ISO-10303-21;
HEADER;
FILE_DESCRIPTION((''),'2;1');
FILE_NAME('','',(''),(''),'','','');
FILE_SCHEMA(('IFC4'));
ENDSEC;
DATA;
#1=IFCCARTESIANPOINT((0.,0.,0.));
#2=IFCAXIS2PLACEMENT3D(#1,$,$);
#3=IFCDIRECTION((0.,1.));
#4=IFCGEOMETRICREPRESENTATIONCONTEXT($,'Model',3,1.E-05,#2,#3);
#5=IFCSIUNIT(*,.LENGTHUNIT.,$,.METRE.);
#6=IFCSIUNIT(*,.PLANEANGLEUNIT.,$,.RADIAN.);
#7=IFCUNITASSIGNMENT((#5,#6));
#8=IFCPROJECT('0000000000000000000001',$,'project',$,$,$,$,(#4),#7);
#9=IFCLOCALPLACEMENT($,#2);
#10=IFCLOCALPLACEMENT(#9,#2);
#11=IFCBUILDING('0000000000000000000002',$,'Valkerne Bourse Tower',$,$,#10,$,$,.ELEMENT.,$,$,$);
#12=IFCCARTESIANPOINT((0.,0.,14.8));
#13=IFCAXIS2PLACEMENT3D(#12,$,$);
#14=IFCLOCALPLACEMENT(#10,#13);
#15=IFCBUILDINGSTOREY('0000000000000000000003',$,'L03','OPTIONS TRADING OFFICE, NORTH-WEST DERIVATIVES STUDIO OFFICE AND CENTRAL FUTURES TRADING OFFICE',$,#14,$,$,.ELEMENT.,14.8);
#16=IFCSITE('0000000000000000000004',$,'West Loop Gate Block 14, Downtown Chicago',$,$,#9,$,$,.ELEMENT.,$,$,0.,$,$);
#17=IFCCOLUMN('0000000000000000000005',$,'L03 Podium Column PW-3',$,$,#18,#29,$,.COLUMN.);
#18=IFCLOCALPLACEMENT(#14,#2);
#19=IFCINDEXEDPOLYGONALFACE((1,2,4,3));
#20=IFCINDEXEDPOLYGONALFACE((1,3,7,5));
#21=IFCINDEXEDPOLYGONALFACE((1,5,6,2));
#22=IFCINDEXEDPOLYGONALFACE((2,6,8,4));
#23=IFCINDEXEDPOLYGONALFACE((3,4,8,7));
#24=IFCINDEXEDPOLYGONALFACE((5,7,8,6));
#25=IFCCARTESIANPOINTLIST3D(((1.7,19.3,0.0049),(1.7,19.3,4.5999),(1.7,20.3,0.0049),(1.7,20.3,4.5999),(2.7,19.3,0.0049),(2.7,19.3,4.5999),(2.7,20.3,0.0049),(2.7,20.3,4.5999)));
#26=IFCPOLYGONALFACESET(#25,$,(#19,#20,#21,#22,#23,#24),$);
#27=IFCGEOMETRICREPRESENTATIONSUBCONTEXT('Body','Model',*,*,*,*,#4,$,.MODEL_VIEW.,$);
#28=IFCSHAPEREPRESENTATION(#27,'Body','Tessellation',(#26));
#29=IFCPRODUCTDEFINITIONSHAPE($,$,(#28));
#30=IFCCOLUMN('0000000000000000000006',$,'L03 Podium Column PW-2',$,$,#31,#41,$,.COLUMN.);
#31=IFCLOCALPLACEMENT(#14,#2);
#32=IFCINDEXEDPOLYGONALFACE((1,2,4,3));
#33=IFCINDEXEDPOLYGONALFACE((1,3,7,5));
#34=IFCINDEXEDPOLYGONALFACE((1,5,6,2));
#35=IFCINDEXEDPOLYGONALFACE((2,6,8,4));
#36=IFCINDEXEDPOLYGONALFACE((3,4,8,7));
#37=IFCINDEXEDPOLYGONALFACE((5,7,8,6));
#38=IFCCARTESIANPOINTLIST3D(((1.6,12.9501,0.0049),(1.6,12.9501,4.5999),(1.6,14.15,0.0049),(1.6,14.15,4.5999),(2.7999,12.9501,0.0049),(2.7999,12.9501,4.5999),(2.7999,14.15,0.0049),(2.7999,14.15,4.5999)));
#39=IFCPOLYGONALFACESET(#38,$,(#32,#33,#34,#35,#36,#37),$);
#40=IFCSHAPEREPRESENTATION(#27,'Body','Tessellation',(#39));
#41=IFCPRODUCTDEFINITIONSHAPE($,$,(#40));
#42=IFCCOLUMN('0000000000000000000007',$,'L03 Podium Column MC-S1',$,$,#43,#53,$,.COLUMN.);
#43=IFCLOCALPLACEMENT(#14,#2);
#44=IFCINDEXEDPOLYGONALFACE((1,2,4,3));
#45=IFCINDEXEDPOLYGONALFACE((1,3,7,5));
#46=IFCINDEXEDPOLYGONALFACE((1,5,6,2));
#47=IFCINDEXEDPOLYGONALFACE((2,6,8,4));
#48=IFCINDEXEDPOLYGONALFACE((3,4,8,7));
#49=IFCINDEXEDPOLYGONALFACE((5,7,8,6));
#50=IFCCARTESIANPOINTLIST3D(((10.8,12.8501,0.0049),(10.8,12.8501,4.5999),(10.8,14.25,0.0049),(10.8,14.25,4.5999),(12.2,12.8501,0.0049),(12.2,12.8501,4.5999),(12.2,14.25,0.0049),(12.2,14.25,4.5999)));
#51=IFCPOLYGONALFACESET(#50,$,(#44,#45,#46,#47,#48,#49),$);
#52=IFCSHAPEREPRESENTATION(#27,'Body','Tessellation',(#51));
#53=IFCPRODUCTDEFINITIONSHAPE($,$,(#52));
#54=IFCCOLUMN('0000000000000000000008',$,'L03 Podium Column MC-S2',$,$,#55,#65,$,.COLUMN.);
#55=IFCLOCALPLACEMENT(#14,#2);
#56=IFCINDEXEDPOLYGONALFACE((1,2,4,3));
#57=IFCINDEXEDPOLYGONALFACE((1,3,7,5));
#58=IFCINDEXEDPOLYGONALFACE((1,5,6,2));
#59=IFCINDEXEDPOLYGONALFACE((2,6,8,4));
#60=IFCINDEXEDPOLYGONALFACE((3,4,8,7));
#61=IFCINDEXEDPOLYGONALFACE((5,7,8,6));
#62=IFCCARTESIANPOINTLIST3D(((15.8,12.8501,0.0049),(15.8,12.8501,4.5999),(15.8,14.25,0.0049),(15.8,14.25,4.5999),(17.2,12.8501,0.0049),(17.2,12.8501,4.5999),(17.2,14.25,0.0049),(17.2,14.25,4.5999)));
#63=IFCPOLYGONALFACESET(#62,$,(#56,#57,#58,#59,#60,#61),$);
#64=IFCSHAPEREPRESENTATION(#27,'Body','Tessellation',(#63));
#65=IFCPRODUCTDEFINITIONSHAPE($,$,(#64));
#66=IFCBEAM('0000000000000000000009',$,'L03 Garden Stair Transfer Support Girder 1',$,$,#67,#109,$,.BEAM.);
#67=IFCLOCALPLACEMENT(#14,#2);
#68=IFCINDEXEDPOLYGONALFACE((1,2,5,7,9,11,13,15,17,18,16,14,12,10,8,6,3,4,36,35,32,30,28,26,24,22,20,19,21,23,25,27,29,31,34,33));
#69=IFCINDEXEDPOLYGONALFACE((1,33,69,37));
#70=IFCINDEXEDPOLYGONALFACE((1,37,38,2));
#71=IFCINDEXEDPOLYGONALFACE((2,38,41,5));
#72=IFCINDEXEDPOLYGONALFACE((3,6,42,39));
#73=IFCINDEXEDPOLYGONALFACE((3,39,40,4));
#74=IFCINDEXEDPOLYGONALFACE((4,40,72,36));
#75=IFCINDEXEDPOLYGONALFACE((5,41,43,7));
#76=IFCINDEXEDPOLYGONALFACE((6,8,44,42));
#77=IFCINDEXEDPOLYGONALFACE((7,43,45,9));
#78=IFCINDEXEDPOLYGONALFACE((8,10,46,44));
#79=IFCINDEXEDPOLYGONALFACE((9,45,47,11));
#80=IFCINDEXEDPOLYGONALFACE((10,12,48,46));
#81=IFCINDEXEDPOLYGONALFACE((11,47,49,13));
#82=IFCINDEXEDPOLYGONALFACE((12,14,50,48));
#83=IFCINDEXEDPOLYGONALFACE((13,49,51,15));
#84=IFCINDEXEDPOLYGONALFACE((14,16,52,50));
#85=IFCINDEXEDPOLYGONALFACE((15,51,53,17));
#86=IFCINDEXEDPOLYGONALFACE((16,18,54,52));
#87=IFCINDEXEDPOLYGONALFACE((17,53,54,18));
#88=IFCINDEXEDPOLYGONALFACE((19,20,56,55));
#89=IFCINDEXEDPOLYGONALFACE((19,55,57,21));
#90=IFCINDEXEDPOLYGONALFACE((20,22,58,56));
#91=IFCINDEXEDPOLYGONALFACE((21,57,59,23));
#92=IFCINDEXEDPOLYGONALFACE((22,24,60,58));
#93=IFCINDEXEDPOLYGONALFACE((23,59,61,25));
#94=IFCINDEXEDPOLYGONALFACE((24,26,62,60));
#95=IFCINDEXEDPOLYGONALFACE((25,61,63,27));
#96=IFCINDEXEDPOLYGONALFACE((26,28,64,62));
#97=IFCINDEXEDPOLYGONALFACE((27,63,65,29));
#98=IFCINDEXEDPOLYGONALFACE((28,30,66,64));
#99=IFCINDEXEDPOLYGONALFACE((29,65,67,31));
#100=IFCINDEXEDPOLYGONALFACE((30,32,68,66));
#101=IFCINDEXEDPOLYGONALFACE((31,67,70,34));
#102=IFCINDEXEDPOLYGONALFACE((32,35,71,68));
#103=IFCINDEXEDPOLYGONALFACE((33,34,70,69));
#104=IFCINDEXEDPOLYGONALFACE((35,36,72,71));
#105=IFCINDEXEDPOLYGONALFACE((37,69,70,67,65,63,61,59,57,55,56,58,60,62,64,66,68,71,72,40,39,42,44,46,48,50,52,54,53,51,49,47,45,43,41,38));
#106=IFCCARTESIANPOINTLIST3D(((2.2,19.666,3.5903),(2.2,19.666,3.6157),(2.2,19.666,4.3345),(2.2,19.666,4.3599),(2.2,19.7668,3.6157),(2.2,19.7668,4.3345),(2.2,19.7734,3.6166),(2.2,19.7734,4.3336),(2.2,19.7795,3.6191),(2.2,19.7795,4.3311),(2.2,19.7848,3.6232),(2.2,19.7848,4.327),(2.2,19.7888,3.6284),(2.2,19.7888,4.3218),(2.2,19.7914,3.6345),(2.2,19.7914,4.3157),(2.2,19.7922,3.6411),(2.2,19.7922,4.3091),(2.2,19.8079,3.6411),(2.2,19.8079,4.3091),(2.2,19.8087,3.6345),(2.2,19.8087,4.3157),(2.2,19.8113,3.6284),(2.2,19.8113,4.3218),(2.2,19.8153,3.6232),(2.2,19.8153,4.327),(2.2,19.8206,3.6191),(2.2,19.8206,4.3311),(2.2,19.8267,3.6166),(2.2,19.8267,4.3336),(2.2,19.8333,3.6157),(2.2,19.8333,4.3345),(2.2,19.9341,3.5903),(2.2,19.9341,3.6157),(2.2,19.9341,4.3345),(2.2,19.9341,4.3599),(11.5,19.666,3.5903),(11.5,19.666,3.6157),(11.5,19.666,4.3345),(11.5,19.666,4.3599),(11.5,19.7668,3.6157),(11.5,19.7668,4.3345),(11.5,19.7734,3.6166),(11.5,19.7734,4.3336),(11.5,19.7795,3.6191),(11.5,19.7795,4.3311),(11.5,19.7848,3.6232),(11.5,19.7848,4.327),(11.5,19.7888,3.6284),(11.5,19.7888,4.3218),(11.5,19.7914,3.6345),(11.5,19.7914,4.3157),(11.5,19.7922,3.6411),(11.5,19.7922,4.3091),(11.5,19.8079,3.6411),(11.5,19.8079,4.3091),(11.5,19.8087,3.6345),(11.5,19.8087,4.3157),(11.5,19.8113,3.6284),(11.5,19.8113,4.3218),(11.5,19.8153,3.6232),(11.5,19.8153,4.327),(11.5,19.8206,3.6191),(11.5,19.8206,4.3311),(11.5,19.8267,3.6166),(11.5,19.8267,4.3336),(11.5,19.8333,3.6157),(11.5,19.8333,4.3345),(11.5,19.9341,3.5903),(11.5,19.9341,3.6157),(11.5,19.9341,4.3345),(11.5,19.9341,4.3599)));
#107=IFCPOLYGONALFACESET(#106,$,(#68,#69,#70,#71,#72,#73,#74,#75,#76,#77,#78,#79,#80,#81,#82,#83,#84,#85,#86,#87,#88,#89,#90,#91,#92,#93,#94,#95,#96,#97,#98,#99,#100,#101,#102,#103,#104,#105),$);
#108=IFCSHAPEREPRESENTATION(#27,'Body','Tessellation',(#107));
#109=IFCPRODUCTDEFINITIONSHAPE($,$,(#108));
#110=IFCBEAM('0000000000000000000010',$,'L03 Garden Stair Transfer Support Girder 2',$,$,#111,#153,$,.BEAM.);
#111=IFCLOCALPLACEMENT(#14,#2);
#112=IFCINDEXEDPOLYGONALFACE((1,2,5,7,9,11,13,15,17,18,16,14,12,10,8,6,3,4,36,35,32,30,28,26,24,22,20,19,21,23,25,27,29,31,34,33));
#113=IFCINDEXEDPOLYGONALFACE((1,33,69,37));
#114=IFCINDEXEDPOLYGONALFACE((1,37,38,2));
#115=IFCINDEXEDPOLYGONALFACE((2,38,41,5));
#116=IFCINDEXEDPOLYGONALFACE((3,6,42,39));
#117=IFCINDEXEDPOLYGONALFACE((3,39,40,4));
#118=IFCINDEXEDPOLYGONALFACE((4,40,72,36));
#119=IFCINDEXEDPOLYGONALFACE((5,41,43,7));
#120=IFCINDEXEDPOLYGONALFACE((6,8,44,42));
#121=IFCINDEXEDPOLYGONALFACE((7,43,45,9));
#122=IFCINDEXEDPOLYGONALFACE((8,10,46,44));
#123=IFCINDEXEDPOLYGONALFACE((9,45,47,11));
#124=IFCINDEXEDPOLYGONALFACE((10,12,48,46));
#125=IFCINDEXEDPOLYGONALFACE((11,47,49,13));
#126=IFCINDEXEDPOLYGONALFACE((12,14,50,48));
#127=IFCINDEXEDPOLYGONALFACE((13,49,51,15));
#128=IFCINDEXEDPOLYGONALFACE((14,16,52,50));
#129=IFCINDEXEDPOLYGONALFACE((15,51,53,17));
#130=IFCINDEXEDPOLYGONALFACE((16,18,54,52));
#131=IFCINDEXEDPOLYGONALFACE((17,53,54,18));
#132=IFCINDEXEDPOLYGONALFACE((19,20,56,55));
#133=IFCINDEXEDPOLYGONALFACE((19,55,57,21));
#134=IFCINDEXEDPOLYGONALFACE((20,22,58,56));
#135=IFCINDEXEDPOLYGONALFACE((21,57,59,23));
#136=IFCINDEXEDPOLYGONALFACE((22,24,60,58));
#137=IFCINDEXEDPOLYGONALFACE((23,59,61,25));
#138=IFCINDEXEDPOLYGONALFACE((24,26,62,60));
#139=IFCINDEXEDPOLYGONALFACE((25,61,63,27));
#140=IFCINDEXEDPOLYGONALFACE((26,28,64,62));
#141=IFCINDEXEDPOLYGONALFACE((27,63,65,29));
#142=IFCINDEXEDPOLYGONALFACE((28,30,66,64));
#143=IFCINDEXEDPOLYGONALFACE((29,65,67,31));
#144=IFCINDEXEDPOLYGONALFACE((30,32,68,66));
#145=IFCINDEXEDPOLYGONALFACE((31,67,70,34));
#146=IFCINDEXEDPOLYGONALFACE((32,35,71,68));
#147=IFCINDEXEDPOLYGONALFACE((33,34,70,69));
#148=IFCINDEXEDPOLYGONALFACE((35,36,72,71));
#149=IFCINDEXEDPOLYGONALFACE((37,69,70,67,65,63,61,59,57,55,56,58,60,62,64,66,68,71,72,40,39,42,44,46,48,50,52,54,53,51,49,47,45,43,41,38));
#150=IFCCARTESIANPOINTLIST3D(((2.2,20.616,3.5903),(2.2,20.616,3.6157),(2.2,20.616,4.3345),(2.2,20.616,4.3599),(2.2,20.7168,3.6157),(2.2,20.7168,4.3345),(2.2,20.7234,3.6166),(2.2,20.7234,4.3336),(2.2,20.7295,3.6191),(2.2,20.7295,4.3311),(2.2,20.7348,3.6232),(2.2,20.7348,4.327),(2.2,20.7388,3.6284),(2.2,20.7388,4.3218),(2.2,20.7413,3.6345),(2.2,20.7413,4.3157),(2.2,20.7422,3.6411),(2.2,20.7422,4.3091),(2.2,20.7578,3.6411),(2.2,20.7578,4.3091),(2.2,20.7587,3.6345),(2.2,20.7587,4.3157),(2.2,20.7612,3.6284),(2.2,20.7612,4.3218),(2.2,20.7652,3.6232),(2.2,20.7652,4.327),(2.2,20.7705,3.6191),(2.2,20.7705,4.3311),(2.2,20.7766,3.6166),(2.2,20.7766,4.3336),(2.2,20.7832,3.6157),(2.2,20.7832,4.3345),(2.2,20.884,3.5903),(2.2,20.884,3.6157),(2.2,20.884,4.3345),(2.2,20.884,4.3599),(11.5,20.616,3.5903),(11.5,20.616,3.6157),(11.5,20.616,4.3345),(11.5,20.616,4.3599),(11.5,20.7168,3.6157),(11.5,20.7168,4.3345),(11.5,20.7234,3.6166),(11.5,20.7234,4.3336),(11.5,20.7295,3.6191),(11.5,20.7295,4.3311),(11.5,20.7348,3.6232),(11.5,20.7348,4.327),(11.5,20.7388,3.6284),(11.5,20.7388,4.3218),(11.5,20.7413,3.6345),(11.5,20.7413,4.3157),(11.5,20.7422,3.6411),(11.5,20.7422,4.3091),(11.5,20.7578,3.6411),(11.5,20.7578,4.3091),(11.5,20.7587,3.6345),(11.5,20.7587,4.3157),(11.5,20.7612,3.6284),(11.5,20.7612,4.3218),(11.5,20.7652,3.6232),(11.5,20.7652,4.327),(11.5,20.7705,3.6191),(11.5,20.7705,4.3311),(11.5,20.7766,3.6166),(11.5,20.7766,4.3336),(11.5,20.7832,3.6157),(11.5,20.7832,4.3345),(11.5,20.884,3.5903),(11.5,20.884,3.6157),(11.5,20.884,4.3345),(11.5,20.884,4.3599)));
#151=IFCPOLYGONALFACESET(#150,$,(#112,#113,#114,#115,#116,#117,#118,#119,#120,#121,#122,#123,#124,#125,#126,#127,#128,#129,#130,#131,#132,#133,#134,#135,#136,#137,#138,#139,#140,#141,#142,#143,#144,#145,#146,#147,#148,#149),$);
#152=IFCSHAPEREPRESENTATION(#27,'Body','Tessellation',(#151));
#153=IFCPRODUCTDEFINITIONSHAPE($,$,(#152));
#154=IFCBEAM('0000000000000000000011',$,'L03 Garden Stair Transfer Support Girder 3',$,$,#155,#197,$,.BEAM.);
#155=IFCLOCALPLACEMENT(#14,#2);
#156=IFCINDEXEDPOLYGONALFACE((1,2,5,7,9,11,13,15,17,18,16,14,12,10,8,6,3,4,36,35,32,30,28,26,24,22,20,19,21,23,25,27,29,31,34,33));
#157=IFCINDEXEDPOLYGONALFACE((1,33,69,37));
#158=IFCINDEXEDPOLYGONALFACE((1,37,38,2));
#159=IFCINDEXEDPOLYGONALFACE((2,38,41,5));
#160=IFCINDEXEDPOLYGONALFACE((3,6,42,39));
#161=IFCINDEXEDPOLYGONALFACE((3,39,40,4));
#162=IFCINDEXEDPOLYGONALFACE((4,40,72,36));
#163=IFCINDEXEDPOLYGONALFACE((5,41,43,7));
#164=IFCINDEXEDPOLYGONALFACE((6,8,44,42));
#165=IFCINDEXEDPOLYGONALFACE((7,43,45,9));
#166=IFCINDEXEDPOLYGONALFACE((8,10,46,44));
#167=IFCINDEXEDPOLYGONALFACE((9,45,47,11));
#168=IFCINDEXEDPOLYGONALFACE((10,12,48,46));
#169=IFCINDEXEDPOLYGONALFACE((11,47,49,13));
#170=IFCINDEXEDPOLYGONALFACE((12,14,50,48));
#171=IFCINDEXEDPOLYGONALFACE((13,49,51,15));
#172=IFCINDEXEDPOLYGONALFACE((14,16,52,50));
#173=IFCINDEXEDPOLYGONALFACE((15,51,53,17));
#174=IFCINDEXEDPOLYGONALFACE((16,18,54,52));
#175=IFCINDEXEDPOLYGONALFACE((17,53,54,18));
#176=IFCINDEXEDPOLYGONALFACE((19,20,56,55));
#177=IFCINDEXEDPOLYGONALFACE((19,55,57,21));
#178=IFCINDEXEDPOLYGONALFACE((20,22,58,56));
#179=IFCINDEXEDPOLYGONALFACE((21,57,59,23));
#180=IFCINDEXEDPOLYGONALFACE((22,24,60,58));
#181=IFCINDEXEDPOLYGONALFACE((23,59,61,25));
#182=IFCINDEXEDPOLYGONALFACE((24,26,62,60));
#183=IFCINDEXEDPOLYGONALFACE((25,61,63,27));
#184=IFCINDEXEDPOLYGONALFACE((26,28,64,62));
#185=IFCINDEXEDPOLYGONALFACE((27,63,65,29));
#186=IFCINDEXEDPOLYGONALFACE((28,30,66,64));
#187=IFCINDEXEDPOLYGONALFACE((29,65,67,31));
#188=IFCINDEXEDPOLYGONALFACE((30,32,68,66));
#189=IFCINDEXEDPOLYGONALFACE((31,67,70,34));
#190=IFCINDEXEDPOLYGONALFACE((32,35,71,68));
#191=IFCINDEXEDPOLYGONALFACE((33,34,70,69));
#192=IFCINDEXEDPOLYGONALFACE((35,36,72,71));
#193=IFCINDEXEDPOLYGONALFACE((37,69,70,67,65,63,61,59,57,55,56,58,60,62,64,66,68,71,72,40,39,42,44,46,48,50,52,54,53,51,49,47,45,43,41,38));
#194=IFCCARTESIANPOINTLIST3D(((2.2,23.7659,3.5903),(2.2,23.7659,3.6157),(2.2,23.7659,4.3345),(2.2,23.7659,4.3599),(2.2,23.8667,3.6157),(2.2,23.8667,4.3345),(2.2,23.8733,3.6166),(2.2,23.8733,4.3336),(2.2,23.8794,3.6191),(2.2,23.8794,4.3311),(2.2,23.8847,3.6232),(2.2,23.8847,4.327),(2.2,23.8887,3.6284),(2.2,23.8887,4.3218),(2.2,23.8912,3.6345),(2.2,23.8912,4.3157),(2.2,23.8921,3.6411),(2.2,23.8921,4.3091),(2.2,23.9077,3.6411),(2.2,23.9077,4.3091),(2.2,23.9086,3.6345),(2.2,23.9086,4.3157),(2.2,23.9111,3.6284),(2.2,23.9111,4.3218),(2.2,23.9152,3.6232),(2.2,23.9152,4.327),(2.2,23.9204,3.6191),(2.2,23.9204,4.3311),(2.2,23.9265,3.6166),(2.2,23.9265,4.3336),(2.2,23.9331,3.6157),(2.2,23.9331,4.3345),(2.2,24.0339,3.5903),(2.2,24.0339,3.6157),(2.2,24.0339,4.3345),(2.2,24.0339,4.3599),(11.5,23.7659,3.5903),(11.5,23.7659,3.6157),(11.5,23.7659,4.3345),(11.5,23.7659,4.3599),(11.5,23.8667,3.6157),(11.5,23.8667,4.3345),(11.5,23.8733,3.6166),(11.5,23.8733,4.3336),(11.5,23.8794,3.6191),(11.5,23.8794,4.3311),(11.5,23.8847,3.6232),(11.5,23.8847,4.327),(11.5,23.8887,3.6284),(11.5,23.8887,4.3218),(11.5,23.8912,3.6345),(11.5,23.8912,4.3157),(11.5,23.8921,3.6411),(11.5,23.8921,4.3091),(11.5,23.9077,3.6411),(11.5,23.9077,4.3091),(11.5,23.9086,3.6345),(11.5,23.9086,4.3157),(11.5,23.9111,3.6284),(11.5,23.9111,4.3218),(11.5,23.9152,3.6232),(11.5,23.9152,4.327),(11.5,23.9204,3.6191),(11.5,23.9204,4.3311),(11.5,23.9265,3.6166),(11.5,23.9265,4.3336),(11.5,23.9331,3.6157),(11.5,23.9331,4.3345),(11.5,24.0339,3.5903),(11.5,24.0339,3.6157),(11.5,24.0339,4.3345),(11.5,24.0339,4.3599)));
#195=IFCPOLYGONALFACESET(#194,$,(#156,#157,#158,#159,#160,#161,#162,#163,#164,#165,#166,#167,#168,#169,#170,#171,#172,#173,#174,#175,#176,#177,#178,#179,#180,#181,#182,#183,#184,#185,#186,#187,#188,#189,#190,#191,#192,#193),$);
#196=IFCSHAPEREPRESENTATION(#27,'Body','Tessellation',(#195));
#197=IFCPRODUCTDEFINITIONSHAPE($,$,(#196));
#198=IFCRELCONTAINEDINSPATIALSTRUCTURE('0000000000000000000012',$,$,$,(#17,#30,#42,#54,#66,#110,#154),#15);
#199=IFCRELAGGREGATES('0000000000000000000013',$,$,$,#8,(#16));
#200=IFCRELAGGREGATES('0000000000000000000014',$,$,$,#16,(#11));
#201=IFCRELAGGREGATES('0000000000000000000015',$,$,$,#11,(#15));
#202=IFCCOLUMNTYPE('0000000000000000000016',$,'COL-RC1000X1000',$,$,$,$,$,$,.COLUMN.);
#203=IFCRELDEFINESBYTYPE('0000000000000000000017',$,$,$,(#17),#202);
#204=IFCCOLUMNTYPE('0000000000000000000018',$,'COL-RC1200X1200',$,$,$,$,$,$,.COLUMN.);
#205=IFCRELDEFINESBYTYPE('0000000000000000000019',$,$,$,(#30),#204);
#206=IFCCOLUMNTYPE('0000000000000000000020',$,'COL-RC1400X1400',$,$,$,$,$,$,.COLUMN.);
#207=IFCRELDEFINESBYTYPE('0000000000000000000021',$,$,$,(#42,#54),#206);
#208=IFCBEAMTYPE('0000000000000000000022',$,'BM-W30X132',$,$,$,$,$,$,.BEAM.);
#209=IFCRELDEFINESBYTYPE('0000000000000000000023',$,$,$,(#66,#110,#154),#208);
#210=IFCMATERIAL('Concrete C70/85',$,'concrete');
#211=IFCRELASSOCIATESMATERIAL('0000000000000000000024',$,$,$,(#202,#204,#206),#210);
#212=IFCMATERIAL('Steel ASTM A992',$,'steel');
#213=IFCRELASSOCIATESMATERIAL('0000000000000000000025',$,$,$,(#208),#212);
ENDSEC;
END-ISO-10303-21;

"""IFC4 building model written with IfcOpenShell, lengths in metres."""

from ifc_helpers import new_model, si_unit, direction, frame, origin, origin_2d, place, context, subcontext, project, spatial, rectangle, i_section, extrude, material, material_profile, profile_set, type_object, element, save


model = new_model("IFC4")

# Units and contexts
model_context = context("Model", 3, precision=1e-05, world=origin(), true_north=direction((0.0, 1.0)))
body_context = subcontext(model_context, "Body", "Model", "MODEL_VIEW")
ifc_project = project(units=[si_unit("LENGTHUNIT", "METRE"), si_unit("PLANEANGLEUNIT", "RADIAN")], contexts=[model_context])

# Site, building, storey
site_placement = place(None, origin())
site = spatial("IfcSite", under=ifc_project, at=site_placement, Name="West Loop Gate Block 14, Downtown Chicago", CompositionType="ELEMENT", RefElevation=0.0)
building_placement = place(site_placement, origin())
building = spatial("IfcBuilding", under=site, at=building_placement, Name="Valkerne Bourse Tower", CompositionType="ELEMENT")
storey_placement = place(building_placement, frame((0.0, 0.0, 14.8)))
storey = spatial("IfcBuildingStorey", under=building, at=storey_placement, Name="L03", Description="OPTIONS TRADING OFFICE, NORTH-WEST DERIVATIVES STUDIO OFFICE AND CENTRAL FUTURES TRADING OFFICE", CompositionType="ELEMENT", Elevation=14.8)

# Columns
ifc_material_1 = material(Name="Concrete C70/85", Category="concrete")
ifc_material_profile_1 = material_profile(ifc_material_1, rectangle(XDim=1.0, YDim=1.0, at=origin_2d()), Name="RC1000X1000")
ifc_profile_set_1 = profile_set([ifc_material_profile_1], Name="Concrete C70/85")
column_type_1 = type_object("IfcColumnType", Name="COL-RC1000X1000", PredefinedType="COLUMN", material=ifc_profile_set_1)
column_1_placement = place(storey_placement, frame((2.2, 19.8, 0.0049), z_axis=(0.0, 0.0, 1.0), x_axis=(1.0, 0.0, 0.0)))
element("IfcColumn", 1, at=column_1_placement, inside=storey, type_object=column_type_1, Name="L03 Podium Column PW-3", PredefinedType="COLUMN", context=body_context, shape_type="SweptSolid", body=[
    extrude(rectangle(XDim=1.0, YDim=1.0, at=origin_2d()), origin(), (0.0, 0.0, 1.0), 4.595),
])
ifc_material_profile_2 = material_profile(ifc_material_1, rectangle(XDim=1.2, YDim=1.2, at=origin_2d()), Name="RC1200X1200")
ifc_profile_set_2 = profile_set([ifc_material_profile_2], Name="Concrete C70/85")
column_type_2 = type_object("IfcColumnType", Name="COL-RC1200X1200", PredefinedType="COLUMN", material=ifc_profile_set_2)
column_2_placement = place(storey_placement, frame((2.2, 13.55, 0.0049), z_axis=(0.0, 0.0, 1.0), x_axis=(1.0, 0.0, 0.0)))
element("IfcColumn", 2, at=column_2_placement, inside=storey, type_object=column_type_2, Name="L03 Podium Column PW-2", PredefinedType="COLUMN", context=body_context, shape_type="SweptSolid", body=[
    extrude(rectangle(XDim=1.2, YDim=1.2, at=origin_2d()), origin(), (0.0, 0.0, 1.0), 4.595),
])
ifc_material_profile_3 = material_profile(ifc_material_1, rectangle(XDim=1.3999, YDim=1.3999, at=origin_2d()), Name="RC1400X1400")
ifc_profile_set_3 = profile_set([ifc_material_profile_3], Name="Concrete C70/85")
column_type_3 = type_object("IfcColumnType", Name="COL-RC1400X1400", PredefinedType="COLUMN", material=ifc_profile_set_3)
for number, where, z_axis, x_axis, name in (
    (3, (11.5, 13.55, 0.0049), (0.0, 0.0, 1.0), (1.0, 0.0, 0.0), "L03 Podium Column MC-S1"),
    (4, (16.5, 13.55, 0.0049), (0.0, 0.0, 1.0), (1.0, 0.0, 0.0), "L03 Podium Column MC-S2"),
):
    element("IfcColumn", number, at=place(storey_placement, frame(where, z_axis=z_axis, x_axis=x_axis)), inside=storey, type_object=column_type_3, Name=name, PredefinedType="COLUMN", context=body_context, shape_type="SweptSolid", body=[
        extrude(rectangle(XDim=1.3999, YDim=1.3999, at=origin_2d()), origin(), (0.0, 0.0, 1.0), 4.595),
    ])

# Beams
ifc_material_2 = material(Name="Steel ASTM A992", Category="steel")
ifc_material_profile_4 = material_profile(ifc_material_2, i_section(OverallWidth=0.2681, OverallDepth=0.7695, WebThickness=0.0156, FlangeThickness=0.0254, FilletRadius=0.0254, at=origin_2d()), Name="W30X132")
ifc_profile_set_4 = profile_set([ifc_material_profile_4], Name="Steel ASTM A992")
beam_type_1 = type_object("IfcBeamType", Name="BM-W30X132", PredefinedType="BEAM", material=ifc_profile_set_4)
for number, where, z_axis, x_axis, name in (
    (5, (2.2, 19.8, 3.9751), (1.0, 0.0, 0.0), (0.0, 1.0, 0.0), "L03 Garden Stair Transfer Support Girder 1"),
    (6, (2.2, 20.75, 3.9751), (1.0, 0.0, 0.0), (0.0, 1.0, 0.0), "L03 Garden Stair Transfer Support Girder 2"),
    (7, (2.2, 23.8999, 3.9751), (1.0, 0.0, 0.0), (0.0, 1.0, 0.0), "L03 Garden Stair Transfer Support Girder 3"),
):
    element("IfcBeam", number, at=place(storey_placement, frame(where, z_axis=z_axis, x_axis=x_axis)), inside=storey, type_object=beam_type_1, Name=name, PredefinedType="BEAM", context=body_context, shape_type="SweptSolid", body=[
        extrude(i_section(OverallWidth=0.2681, OverallDepth=0.7695, WebThickness=0.0156, FlangeThickness=0.0254, FilletRadius=0.0254, at=origin_2d()), origin(), (0.0, 0.0, 1.0), 9.3),
    ])

save(model, "model.ifc")
